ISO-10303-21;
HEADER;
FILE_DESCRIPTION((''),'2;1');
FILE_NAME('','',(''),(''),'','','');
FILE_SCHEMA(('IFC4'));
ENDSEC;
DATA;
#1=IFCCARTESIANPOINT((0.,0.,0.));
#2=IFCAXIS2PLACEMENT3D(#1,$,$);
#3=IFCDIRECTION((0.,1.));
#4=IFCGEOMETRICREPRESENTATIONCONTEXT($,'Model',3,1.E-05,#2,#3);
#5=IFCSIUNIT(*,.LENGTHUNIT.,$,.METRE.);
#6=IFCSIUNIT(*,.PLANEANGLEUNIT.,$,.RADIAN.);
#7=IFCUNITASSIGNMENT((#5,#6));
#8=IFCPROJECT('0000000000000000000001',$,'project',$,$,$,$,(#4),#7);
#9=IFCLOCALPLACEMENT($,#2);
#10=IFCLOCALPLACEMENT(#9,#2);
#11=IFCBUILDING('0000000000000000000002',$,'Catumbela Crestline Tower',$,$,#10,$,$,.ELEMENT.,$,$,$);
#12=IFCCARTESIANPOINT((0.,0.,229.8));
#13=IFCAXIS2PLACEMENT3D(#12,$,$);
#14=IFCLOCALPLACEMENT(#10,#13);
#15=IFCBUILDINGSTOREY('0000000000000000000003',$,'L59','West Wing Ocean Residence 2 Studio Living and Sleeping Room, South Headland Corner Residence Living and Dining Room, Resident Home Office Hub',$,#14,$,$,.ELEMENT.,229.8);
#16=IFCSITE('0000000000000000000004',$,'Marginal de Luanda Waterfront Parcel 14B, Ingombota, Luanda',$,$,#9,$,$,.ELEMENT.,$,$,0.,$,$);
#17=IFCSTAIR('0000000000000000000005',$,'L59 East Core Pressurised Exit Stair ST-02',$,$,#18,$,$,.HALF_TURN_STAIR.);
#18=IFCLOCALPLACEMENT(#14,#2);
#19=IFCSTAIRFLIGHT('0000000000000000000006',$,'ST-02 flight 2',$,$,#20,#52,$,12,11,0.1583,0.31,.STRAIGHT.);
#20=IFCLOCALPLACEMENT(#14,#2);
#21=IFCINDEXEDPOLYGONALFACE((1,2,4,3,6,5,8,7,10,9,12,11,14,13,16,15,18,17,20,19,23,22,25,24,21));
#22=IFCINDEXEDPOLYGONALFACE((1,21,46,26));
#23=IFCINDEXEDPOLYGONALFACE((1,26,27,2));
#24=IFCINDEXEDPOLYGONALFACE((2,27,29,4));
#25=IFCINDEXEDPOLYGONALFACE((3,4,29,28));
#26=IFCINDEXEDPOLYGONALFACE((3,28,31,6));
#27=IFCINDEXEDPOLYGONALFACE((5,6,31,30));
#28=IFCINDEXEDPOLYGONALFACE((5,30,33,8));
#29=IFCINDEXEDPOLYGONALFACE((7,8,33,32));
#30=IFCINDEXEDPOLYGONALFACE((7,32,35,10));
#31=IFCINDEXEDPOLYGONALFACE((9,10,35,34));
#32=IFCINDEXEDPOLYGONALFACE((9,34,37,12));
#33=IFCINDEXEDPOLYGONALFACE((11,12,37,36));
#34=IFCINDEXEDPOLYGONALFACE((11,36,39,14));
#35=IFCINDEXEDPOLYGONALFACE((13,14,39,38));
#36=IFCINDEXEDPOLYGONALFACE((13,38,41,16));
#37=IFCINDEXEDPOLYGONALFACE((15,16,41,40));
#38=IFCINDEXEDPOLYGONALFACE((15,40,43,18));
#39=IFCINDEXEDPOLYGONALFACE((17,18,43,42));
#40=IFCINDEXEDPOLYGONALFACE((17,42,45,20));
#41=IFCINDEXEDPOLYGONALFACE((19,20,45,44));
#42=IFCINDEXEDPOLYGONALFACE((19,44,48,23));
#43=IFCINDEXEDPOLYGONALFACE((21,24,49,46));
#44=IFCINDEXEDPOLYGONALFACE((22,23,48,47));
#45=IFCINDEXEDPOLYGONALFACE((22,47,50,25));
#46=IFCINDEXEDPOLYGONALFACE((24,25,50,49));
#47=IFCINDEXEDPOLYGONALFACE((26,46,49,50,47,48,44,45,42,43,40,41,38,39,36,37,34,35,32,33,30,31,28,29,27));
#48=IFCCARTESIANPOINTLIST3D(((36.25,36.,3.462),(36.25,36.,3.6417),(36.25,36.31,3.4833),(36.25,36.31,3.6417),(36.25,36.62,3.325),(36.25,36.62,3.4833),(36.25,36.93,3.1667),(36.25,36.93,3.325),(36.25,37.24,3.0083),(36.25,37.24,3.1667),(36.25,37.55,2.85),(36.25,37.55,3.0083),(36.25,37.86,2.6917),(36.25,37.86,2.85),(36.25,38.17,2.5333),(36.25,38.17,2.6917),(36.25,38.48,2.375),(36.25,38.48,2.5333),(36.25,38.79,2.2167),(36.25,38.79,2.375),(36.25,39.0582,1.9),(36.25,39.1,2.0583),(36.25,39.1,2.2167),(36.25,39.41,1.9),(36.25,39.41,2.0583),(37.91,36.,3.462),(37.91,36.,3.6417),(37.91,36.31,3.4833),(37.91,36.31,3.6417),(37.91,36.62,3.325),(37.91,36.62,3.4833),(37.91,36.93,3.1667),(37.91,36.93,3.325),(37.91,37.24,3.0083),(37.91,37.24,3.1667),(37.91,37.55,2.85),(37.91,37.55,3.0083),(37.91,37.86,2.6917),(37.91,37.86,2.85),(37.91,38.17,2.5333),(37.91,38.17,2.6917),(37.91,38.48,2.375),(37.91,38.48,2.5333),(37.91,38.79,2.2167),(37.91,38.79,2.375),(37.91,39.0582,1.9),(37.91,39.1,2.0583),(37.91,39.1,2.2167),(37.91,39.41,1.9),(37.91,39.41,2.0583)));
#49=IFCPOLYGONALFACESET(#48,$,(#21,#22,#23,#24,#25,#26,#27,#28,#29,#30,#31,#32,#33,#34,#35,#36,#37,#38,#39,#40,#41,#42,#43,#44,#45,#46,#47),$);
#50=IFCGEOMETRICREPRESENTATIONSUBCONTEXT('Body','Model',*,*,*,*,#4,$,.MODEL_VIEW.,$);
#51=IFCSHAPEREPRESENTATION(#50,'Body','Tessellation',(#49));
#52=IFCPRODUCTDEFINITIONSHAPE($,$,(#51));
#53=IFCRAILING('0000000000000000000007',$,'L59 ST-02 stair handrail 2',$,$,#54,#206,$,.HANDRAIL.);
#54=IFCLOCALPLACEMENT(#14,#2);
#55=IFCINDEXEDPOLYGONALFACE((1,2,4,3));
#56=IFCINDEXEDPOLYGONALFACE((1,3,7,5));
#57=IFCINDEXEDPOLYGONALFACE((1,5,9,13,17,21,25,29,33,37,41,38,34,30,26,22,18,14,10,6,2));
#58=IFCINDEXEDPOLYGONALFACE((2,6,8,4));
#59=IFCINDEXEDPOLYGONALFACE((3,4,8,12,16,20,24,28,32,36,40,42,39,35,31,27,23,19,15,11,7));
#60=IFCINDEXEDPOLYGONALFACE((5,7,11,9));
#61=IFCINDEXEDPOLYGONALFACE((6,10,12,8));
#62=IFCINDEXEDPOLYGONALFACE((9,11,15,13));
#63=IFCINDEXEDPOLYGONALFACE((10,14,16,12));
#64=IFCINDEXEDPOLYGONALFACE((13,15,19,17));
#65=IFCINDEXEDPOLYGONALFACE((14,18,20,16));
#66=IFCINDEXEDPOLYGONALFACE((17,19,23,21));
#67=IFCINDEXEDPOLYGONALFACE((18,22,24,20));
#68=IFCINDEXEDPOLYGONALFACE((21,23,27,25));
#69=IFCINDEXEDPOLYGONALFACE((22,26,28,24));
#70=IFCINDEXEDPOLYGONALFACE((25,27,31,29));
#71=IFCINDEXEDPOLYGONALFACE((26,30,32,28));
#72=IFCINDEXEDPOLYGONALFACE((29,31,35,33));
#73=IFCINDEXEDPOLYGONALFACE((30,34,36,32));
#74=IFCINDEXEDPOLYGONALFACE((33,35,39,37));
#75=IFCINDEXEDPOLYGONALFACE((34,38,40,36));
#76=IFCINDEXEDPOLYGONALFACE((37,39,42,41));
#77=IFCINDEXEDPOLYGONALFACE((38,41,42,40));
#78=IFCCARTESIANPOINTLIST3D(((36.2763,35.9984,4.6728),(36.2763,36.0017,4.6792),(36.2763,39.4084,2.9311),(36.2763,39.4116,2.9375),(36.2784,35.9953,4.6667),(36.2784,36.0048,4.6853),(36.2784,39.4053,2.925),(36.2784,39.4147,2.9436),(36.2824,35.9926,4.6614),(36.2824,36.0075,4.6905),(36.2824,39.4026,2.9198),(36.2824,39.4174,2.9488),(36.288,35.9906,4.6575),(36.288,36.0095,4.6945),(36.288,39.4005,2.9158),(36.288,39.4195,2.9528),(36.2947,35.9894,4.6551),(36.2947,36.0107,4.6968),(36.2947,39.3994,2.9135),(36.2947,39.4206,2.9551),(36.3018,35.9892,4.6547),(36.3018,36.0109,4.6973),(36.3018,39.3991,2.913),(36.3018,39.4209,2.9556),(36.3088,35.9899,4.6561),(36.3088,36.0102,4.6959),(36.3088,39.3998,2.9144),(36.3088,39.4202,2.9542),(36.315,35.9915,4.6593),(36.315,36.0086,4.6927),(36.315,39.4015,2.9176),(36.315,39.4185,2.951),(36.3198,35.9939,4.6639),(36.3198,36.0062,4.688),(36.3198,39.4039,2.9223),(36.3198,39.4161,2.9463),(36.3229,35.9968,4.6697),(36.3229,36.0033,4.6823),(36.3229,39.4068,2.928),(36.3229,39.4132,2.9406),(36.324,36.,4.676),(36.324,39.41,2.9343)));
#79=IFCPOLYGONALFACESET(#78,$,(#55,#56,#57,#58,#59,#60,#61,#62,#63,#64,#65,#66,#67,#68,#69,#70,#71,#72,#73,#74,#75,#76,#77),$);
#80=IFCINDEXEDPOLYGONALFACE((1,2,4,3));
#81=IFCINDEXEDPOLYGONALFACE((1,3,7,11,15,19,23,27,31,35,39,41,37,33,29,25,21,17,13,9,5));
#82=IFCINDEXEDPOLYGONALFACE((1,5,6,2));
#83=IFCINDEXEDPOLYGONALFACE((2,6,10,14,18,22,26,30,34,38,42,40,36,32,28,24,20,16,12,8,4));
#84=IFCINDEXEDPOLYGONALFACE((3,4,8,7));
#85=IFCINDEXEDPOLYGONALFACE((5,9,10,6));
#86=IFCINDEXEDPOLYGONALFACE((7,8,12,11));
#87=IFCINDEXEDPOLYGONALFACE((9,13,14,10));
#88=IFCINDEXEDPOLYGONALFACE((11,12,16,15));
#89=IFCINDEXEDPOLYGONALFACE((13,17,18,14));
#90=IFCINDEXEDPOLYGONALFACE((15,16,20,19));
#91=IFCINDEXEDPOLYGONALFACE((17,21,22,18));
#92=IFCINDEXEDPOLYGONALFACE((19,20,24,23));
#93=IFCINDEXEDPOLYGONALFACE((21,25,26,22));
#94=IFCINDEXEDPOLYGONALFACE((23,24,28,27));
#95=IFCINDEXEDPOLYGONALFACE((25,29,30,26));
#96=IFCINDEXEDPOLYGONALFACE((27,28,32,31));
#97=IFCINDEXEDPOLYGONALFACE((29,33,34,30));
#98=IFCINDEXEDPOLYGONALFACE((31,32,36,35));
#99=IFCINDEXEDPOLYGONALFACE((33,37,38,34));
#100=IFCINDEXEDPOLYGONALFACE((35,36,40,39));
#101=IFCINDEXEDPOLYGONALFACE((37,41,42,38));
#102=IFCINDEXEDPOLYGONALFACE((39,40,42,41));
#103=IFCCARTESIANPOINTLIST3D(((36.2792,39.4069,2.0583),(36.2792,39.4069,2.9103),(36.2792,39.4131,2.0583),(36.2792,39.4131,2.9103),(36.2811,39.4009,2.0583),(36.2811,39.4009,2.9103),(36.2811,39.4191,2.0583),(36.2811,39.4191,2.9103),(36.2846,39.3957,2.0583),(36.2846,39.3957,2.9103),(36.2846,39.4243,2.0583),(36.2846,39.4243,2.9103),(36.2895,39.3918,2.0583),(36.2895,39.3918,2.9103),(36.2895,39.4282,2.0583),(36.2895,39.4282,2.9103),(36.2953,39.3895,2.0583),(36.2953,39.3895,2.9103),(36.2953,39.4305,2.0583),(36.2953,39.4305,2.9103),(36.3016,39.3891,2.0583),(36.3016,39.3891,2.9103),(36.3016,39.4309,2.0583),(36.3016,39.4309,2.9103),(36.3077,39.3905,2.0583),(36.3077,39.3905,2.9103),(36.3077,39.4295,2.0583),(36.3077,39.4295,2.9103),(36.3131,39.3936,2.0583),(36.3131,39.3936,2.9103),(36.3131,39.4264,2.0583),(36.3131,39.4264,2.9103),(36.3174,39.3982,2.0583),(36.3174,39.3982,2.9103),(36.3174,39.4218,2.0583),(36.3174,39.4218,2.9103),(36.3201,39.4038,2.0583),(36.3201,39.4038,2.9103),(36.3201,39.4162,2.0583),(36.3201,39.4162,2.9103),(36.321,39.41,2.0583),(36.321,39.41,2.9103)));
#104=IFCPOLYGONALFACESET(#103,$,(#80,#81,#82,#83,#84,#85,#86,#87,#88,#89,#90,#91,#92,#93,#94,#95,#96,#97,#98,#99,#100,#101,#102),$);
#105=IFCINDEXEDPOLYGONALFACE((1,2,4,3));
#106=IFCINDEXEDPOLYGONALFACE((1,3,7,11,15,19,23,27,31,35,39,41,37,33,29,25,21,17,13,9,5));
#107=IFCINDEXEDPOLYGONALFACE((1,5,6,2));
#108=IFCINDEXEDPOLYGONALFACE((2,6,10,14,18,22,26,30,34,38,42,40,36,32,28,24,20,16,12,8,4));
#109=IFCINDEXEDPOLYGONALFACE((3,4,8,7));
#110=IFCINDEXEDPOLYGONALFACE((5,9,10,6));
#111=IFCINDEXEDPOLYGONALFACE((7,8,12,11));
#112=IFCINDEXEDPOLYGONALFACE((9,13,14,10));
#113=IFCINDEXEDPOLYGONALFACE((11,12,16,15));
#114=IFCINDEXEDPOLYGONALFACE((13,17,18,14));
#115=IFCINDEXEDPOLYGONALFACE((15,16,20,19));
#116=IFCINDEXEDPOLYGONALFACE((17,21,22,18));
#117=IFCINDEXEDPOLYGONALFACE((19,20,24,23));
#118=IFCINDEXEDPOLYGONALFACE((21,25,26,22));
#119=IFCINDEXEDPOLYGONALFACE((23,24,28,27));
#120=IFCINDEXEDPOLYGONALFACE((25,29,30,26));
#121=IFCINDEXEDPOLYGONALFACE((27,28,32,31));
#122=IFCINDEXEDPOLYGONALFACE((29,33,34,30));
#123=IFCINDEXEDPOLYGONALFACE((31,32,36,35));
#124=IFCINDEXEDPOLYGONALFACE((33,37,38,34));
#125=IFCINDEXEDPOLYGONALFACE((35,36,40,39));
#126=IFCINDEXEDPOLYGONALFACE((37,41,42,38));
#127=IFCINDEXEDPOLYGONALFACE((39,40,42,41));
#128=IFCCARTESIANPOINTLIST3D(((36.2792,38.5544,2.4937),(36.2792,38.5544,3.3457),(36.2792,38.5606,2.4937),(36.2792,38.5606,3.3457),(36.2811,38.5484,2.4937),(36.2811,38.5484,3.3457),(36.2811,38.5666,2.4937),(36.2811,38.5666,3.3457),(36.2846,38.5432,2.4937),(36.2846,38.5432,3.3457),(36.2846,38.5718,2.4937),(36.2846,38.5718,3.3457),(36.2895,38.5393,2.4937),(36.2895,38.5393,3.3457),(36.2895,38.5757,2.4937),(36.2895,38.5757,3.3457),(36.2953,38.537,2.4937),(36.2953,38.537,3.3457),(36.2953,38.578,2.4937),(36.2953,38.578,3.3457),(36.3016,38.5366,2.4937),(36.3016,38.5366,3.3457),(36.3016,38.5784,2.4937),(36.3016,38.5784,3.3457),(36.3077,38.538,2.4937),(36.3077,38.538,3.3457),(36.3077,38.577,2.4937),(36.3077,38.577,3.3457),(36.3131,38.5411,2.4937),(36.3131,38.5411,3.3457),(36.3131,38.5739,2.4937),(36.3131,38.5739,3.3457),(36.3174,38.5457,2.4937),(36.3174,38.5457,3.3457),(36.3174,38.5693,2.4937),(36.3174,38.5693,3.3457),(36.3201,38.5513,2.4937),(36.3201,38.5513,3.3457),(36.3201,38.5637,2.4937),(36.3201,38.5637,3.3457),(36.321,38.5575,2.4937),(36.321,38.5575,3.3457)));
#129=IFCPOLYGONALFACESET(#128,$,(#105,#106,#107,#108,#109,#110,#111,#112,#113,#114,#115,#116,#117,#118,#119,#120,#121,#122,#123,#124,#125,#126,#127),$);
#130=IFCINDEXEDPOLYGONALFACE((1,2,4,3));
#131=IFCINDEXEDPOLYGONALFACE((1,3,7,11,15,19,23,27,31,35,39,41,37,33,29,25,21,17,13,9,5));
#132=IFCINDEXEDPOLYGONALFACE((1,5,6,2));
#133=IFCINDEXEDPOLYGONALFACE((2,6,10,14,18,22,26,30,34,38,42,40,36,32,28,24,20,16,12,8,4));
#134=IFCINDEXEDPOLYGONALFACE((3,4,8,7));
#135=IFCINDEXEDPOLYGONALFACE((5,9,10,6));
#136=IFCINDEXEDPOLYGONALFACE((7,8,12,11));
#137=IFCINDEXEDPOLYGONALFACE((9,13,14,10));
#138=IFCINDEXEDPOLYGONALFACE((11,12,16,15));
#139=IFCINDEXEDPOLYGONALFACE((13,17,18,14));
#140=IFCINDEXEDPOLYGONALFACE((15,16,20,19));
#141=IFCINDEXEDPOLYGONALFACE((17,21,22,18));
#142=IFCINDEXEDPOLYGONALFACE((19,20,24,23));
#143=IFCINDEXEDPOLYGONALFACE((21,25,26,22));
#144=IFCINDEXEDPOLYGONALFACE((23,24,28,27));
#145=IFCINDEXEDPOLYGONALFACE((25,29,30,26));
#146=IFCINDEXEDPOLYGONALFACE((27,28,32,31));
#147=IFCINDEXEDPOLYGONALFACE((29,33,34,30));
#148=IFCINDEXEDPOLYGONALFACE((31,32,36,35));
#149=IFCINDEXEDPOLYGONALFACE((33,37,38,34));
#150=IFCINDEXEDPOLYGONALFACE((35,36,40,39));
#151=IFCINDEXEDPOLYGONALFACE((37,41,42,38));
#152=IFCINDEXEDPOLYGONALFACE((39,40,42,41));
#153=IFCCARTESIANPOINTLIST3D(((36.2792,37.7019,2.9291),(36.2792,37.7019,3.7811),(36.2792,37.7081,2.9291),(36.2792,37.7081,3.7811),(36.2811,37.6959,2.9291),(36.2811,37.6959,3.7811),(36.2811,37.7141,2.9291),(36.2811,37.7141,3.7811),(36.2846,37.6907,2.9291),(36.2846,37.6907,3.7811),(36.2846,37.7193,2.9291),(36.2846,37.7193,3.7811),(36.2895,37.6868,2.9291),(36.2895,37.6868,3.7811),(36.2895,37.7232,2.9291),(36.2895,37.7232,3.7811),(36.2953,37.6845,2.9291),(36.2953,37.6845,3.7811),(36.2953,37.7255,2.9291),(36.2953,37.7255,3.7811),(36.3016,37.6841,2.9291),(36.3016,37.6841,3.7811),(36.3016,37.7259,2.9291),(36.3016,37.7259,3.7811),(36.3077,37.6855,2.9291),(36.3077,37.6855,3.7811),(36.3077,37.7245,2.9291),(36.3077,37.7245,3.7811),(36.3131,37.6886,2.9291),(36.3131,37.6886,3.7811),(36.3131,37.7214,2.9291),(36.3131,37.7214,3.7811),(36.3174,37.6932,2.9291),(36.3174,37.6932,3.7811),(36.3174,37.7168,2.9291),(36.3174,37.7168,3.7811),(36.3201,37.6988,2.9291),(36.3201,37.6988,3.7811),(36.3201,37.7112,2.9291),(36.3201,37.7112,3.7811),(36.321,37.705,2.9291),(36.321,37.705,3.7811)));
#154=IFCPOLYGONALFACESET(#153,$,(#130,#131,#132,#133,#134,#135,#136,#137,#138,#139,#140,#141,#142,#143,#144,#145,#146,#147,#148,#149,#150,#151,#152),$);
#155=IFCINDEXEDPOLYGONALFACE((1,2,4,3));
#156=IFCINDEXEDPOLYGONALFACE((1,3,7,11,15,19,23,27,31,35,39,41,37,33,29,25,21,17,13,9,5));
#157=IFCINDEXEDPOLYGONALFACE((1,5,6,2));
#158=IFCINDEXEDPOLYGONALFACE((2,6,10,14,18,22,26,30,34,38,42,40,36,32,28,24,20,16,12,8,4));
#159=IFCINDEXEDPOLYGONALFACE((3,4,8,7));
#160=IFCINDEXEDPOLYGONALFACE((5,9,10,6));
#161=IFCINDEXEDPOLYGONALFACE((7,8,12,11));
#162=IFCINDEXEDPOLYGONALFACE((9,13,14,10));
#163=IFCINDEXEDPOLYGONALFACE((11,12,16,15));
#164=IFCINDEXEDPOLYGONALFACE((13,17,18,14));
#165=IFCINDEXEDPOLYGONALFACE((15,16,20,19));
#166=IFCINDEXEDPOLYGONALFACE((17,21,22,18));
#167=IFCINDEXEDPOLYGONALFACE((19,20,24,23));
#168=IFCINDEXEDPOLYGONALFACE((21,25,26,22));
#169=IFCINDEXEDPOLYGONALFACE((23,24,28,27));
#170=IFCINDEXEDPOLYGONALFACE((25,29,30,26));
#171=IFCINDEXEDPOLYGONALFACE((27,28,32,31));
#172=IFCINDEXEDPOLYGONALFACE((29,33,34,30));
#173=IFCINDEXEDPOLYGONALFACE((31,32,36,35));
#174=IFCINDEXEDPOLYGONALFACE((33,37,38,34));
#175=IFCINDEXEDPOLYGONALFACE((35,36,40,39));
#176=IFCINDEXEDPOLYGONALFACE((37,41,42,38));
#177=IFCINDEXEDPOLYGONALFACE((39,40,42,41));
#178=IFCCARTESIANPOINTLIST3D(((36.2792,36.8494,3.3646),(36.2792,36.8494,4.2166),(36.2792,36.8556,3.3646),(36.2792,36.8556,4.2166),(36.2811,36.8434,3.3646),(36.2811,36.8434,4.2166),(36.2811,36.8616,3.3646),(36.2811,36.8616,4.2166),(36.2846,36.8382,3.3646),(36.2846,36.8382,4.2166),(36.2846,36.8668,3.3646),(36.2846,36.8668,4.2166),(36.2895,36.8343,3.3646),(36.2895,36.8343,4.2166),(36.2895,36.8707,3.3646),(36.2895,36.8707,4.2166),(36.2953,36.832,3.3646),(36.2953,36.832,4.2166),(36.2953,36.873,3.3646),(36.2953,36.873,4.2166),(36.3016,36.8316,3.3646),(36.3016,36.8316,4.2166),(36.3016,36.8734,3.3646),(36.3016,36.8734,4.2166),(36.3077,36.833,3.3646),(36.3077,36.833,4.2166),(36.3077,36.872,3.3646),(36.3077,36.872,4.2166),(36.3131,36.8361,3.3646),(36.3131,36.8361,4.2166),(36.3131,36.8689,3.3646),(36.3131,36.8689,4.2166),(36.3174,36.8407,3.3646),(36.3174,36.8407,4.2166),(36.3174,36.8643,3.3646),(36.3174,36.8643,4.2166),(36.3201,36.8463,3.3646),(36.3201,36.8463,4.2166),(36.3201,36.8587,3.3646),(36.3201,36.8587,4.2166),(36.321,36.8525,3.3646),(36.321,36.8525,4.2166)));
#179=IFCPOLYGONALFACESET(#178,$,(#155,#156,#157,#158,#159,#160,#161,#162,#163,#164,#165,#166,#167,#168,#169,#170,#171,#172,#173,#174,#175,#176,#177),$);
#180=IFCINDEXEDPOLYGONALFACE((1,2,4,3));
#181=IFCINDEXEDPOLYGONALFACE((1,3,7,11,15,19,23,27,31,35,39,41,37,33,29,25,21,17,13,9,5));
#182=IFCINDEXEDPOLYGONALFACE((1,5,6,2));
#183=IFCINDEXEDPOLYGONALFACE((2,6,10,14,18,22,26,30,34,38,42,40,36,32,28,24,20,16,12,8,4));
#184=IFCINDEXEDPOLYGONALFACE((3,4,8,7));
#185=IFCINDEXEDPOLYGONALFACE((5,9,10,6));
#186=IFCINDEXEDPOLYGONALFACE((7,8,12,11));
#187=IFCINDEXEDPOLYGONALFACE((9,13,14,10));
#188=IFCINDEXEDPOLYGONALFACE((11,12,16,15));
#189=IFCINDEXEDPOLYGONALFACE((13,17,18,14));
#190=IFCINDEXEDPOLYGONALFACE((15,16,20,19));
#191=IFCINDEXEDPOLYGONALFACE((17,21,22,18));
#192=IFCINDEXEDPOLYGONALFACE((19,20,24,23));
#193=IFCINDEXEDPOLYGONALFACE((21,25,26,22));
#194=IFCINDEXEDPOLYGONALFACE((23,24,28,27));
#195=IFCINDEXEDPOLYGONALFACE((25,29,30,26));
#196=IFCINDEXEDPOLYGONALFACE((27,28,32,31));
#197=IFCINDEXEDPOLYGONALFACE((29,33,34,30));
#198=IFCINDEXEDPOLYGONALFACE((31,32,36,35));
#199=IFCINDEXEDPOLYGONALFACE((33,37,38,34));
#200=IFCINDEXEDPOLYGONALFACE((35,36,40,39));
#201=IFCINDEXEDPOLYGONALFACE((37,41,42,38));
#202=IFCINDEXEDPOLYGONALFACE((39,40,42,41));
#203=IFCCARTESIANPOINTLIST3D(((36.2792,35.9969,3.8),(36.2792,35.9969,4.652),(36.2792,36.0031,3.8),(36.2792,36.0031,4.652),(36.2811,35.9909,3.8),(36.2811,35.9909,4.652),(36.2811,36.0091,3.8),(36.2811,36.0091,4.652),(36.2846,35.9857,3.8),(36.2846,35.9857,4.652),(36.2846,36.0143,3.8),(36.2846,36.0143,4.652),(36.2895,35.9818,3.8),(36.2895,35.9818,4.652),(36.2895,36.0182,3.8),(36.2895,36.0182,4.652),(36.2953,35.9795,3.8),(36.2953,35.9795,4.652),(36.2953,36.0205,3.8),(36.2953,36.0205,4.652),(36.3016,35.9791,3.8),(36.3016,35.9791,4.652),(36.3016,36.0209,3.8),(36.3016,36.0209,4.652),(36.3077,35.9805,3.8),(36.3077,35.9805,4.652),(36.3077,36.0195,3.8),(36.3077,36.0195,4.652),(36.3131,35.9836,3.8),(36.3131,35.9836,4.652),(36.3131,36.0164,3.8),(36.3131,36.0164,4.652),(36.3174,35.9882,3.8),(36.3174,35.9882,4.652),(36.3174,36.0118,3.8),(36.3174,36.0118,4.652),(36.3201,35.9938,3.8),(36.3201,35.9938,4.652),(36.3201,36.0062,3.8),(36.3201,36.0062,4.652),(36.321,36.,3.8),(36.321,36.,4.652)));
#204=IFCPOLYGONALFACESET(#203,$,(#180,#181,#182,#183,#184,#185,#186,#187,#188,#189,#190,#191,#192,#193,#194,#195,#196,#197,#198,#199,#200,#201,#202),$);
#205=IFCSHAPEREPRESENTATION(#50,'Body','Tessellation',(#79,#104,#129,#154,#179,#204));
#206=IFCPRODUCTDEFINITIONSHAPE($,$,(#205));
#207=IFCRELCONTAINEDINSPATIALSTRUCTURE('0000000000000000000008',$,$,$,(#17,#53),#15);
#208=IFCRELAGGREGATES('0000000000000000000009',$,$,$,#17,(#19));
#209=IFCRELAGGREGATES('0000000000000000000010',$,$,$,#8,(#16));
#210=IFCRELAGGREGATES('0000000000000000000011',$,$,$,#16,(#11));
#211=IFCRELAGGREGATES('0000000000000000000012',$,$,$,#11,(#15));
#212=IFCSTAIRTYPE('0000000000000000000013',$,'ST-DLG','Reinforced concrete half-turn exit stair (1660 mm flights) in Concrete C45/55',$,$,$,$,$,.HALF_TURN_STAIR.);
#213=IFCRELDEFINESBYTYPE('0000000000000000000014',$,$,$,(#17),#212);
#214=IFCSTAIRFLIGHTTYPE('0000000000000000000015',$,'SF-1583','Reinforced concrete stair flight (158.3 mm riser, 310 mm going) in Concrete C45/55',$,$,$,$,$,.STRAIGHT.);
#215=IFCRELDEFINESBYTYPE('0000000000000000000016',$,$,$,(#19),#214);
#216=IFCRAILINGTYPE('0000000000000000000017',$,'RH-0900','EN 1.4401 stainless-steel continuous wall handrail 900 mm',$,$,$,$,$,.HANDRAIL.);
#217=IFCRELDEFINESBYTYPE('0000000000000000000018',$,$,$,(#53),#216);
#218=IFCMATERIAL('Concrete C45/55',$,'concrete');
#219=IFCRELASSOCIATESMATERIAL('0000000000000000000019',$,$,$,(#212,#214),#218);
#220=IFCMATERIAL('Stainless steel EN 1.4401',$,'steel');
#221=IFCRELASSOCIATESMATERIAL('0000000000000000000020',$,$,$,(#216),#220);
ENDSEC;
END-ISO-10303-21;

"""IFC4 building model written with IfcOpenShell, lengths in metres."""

from ifc_helpers import new_model, si_unit, direction, frame, origin, origin_2d, place, context, subcontext, project, spatial, polyline, circle, outline, extrude, material, type_object, element, aggregate, save


model = new_model("IFC4")

# Units and contexts
model_context = context("Model", 3, precision=1e-05, world=origin(), true_north=direction((0.0, 1.0)))
body_context = subcontext(model_context, "Body", "Model", "MODEL_VIEW")
ifc_project = project(units=[si_unit("LENGTHUNIT", "METRE"), si_unit("PLANEANGLEUNIT", "RADIAN")], contexts=[model_context])

# Site, building, storey
site_placement = place(None, origin())
site = spatial("IfcSite", under=ifc_project, at=site_placement, Name="Marginal de Luanda Waterfront Parcel 14B, Ingombota, Luanda", CompositionType="ELEMENT", RefElevation=0.0)
building_placement = place(site_placement, origin())
building = spatial("IfcBuilding", under=site, at=building_placement, Name="Catumbela Crestline Tower", CompositionType="ELEMENT")
storey_placement = place(building_placement, frame((0.0, 0.0, 229.8)))
storey = spatial("IfcBuildingStorey", under=building, at=storey_placement, Name="L59", Description="West Wing Ocean Residence 2 Studio Living and Sleeping Room, South Headland Corner Residence Living and Dining Room, Resident Home Office Hub", CompositionType="ELEMENT", Elevation=229.8)

# Shared definitions
ifc_material_1 = material(Name="Stainless steel EN 1.4401", Category="steel")

# Shared definitions
ifc_material_2 = material(Name="Concrete C45/55", Category="concrete")

# Stair, stair flight
stair_type = type_object("IfcStairType", Name="ST-DLG", Description="Reinforced concrete half-turn exit stair (1660 mm flights) in Concrete C45/55", PredefinedType="HALF_TURN_STAIR", material=ifc_material_2)
stair_placement = place(storey_placement, origin())
stair = element("IfcStair", 1, at=stair_placement, inside=storey, type_object=stair_type, Name="L59 East Core Pressurised Exit Stair ST-02", PredefinedType="HALF_TURN_STAIR")
stair_flight_type = type_object("IfcStairFlightType", Name="SF-1583", Description="Reinforced concrete stair flight (158.3 mm riser, 310 mm going) in Concrete C45/55", PredefinedType="STRAIGHT", material=ifc_material_2)
stair_flight_placement = place(storey_placement, frame((37.08, 39.41, 1.9), z_axis=(0.0, 0.0, 1.0), x_axis=(0.0, -1.0, 0.0)))
stair_flight = element("IfcStairFlight", 2, at=stair_flight_placement, type_object=stair_flight_type, Name="ST-02 flight 2", NumberOfRisers=12, NumberOfTreads=11, PredefinedType="STRAIGHT", RiserHeight=0.1583, TreadLength=0.31, context=body_context, shape_type="SweptSolid", body=[
    extrude(outline(polyline([(0.0, 0.0), (0.0, 0.1583), (0.31, 0.1583), (0.31, 0.3167), (0.62, 0.3167), (0.62, 0.475), (0.93, 0.475), (0.93, 0.6333), (1.24, 0.6333), (1.24, 0.7917), (1.55, 0.7917), (1.55, 0.95), (1.86, 0.95), (1.86, 1.1083), (2.17, 1.1083), (2.17, 1.2667), (2.48, 1.2667), (2.48, 1.425), (2.79, 1.425), (2.79, 1.5833), (3.1, 1.5833), (3.1, 1.7417), (3.41, 1.7417), (3.41, 1.9), (3.41, 1.562), (0.3518, 0.0), (0.0, 0.0)])), frame((0.0, 0.83, 0.0), z_axis=(0.0, -1.0, 0.0), x_axis=(1.0, 0.0, 0.0)), (0.0, 0.0, 1.0), 1.66),
])
aggregate(stair, [stair_flight])

# Railing
railing_type_1 = type_object("IfcRailingType", Name="RH-0900", Description="EN 1.4401 stainless-steel continuous wall handrail 900 mm", PredefinedType="HANDRAIL", material=ifc_material_1)
railing_1_placement = place(storey_placement, frame((36.3, 39.41, 2.0583)))
element("IfcRailing", 3, at=railing_1_placement, inside=storey, type_object=railing_type_1, Name="L59 ST-02 stair handrail 2", PredefinedType="HANDRAIL", context=body_context, shape_type="SweptSolid", body=[
    extrude(circle(Radius=0.024, at=origin_2d()), frame((0.0, 0.0, 0.876), z_axis=(0.0, -0.89056, 0.454865), x_axis=(1.0, 0.0, 0.0)), (0.0, 0.0, 1.0), 3.829),
    extrude(circle(Radius=0.021, at=origin_2d()), origin(), (0.0, 0.0, 1.0), 0.852),
    extrude(circle(Radius=0.021, at=origin_2d()), frame((0.0, -0.8525, 0.4354)), (0.0, 0.0, 1.0), 0.852),
    extrude(circle(Radius=0.021, at=origin_2d()), frame((0.0, -1.705, 0.8708)), (0.0, 0.0, 1.0), 0.852),
    extrude(circle(Radius=0.021, at=origin_2d()), frame((0.0, -2.5575, 1.3063)), (0.0, 0.0, 1.0), 0.852),
    extrude(circle(Radius=0.021, at=origin_2d()), frame((0.0, -3.41, 1.7417)), (0.0, 0.0, 1.0), 0.852),
])

save(model, "model.ifc")
